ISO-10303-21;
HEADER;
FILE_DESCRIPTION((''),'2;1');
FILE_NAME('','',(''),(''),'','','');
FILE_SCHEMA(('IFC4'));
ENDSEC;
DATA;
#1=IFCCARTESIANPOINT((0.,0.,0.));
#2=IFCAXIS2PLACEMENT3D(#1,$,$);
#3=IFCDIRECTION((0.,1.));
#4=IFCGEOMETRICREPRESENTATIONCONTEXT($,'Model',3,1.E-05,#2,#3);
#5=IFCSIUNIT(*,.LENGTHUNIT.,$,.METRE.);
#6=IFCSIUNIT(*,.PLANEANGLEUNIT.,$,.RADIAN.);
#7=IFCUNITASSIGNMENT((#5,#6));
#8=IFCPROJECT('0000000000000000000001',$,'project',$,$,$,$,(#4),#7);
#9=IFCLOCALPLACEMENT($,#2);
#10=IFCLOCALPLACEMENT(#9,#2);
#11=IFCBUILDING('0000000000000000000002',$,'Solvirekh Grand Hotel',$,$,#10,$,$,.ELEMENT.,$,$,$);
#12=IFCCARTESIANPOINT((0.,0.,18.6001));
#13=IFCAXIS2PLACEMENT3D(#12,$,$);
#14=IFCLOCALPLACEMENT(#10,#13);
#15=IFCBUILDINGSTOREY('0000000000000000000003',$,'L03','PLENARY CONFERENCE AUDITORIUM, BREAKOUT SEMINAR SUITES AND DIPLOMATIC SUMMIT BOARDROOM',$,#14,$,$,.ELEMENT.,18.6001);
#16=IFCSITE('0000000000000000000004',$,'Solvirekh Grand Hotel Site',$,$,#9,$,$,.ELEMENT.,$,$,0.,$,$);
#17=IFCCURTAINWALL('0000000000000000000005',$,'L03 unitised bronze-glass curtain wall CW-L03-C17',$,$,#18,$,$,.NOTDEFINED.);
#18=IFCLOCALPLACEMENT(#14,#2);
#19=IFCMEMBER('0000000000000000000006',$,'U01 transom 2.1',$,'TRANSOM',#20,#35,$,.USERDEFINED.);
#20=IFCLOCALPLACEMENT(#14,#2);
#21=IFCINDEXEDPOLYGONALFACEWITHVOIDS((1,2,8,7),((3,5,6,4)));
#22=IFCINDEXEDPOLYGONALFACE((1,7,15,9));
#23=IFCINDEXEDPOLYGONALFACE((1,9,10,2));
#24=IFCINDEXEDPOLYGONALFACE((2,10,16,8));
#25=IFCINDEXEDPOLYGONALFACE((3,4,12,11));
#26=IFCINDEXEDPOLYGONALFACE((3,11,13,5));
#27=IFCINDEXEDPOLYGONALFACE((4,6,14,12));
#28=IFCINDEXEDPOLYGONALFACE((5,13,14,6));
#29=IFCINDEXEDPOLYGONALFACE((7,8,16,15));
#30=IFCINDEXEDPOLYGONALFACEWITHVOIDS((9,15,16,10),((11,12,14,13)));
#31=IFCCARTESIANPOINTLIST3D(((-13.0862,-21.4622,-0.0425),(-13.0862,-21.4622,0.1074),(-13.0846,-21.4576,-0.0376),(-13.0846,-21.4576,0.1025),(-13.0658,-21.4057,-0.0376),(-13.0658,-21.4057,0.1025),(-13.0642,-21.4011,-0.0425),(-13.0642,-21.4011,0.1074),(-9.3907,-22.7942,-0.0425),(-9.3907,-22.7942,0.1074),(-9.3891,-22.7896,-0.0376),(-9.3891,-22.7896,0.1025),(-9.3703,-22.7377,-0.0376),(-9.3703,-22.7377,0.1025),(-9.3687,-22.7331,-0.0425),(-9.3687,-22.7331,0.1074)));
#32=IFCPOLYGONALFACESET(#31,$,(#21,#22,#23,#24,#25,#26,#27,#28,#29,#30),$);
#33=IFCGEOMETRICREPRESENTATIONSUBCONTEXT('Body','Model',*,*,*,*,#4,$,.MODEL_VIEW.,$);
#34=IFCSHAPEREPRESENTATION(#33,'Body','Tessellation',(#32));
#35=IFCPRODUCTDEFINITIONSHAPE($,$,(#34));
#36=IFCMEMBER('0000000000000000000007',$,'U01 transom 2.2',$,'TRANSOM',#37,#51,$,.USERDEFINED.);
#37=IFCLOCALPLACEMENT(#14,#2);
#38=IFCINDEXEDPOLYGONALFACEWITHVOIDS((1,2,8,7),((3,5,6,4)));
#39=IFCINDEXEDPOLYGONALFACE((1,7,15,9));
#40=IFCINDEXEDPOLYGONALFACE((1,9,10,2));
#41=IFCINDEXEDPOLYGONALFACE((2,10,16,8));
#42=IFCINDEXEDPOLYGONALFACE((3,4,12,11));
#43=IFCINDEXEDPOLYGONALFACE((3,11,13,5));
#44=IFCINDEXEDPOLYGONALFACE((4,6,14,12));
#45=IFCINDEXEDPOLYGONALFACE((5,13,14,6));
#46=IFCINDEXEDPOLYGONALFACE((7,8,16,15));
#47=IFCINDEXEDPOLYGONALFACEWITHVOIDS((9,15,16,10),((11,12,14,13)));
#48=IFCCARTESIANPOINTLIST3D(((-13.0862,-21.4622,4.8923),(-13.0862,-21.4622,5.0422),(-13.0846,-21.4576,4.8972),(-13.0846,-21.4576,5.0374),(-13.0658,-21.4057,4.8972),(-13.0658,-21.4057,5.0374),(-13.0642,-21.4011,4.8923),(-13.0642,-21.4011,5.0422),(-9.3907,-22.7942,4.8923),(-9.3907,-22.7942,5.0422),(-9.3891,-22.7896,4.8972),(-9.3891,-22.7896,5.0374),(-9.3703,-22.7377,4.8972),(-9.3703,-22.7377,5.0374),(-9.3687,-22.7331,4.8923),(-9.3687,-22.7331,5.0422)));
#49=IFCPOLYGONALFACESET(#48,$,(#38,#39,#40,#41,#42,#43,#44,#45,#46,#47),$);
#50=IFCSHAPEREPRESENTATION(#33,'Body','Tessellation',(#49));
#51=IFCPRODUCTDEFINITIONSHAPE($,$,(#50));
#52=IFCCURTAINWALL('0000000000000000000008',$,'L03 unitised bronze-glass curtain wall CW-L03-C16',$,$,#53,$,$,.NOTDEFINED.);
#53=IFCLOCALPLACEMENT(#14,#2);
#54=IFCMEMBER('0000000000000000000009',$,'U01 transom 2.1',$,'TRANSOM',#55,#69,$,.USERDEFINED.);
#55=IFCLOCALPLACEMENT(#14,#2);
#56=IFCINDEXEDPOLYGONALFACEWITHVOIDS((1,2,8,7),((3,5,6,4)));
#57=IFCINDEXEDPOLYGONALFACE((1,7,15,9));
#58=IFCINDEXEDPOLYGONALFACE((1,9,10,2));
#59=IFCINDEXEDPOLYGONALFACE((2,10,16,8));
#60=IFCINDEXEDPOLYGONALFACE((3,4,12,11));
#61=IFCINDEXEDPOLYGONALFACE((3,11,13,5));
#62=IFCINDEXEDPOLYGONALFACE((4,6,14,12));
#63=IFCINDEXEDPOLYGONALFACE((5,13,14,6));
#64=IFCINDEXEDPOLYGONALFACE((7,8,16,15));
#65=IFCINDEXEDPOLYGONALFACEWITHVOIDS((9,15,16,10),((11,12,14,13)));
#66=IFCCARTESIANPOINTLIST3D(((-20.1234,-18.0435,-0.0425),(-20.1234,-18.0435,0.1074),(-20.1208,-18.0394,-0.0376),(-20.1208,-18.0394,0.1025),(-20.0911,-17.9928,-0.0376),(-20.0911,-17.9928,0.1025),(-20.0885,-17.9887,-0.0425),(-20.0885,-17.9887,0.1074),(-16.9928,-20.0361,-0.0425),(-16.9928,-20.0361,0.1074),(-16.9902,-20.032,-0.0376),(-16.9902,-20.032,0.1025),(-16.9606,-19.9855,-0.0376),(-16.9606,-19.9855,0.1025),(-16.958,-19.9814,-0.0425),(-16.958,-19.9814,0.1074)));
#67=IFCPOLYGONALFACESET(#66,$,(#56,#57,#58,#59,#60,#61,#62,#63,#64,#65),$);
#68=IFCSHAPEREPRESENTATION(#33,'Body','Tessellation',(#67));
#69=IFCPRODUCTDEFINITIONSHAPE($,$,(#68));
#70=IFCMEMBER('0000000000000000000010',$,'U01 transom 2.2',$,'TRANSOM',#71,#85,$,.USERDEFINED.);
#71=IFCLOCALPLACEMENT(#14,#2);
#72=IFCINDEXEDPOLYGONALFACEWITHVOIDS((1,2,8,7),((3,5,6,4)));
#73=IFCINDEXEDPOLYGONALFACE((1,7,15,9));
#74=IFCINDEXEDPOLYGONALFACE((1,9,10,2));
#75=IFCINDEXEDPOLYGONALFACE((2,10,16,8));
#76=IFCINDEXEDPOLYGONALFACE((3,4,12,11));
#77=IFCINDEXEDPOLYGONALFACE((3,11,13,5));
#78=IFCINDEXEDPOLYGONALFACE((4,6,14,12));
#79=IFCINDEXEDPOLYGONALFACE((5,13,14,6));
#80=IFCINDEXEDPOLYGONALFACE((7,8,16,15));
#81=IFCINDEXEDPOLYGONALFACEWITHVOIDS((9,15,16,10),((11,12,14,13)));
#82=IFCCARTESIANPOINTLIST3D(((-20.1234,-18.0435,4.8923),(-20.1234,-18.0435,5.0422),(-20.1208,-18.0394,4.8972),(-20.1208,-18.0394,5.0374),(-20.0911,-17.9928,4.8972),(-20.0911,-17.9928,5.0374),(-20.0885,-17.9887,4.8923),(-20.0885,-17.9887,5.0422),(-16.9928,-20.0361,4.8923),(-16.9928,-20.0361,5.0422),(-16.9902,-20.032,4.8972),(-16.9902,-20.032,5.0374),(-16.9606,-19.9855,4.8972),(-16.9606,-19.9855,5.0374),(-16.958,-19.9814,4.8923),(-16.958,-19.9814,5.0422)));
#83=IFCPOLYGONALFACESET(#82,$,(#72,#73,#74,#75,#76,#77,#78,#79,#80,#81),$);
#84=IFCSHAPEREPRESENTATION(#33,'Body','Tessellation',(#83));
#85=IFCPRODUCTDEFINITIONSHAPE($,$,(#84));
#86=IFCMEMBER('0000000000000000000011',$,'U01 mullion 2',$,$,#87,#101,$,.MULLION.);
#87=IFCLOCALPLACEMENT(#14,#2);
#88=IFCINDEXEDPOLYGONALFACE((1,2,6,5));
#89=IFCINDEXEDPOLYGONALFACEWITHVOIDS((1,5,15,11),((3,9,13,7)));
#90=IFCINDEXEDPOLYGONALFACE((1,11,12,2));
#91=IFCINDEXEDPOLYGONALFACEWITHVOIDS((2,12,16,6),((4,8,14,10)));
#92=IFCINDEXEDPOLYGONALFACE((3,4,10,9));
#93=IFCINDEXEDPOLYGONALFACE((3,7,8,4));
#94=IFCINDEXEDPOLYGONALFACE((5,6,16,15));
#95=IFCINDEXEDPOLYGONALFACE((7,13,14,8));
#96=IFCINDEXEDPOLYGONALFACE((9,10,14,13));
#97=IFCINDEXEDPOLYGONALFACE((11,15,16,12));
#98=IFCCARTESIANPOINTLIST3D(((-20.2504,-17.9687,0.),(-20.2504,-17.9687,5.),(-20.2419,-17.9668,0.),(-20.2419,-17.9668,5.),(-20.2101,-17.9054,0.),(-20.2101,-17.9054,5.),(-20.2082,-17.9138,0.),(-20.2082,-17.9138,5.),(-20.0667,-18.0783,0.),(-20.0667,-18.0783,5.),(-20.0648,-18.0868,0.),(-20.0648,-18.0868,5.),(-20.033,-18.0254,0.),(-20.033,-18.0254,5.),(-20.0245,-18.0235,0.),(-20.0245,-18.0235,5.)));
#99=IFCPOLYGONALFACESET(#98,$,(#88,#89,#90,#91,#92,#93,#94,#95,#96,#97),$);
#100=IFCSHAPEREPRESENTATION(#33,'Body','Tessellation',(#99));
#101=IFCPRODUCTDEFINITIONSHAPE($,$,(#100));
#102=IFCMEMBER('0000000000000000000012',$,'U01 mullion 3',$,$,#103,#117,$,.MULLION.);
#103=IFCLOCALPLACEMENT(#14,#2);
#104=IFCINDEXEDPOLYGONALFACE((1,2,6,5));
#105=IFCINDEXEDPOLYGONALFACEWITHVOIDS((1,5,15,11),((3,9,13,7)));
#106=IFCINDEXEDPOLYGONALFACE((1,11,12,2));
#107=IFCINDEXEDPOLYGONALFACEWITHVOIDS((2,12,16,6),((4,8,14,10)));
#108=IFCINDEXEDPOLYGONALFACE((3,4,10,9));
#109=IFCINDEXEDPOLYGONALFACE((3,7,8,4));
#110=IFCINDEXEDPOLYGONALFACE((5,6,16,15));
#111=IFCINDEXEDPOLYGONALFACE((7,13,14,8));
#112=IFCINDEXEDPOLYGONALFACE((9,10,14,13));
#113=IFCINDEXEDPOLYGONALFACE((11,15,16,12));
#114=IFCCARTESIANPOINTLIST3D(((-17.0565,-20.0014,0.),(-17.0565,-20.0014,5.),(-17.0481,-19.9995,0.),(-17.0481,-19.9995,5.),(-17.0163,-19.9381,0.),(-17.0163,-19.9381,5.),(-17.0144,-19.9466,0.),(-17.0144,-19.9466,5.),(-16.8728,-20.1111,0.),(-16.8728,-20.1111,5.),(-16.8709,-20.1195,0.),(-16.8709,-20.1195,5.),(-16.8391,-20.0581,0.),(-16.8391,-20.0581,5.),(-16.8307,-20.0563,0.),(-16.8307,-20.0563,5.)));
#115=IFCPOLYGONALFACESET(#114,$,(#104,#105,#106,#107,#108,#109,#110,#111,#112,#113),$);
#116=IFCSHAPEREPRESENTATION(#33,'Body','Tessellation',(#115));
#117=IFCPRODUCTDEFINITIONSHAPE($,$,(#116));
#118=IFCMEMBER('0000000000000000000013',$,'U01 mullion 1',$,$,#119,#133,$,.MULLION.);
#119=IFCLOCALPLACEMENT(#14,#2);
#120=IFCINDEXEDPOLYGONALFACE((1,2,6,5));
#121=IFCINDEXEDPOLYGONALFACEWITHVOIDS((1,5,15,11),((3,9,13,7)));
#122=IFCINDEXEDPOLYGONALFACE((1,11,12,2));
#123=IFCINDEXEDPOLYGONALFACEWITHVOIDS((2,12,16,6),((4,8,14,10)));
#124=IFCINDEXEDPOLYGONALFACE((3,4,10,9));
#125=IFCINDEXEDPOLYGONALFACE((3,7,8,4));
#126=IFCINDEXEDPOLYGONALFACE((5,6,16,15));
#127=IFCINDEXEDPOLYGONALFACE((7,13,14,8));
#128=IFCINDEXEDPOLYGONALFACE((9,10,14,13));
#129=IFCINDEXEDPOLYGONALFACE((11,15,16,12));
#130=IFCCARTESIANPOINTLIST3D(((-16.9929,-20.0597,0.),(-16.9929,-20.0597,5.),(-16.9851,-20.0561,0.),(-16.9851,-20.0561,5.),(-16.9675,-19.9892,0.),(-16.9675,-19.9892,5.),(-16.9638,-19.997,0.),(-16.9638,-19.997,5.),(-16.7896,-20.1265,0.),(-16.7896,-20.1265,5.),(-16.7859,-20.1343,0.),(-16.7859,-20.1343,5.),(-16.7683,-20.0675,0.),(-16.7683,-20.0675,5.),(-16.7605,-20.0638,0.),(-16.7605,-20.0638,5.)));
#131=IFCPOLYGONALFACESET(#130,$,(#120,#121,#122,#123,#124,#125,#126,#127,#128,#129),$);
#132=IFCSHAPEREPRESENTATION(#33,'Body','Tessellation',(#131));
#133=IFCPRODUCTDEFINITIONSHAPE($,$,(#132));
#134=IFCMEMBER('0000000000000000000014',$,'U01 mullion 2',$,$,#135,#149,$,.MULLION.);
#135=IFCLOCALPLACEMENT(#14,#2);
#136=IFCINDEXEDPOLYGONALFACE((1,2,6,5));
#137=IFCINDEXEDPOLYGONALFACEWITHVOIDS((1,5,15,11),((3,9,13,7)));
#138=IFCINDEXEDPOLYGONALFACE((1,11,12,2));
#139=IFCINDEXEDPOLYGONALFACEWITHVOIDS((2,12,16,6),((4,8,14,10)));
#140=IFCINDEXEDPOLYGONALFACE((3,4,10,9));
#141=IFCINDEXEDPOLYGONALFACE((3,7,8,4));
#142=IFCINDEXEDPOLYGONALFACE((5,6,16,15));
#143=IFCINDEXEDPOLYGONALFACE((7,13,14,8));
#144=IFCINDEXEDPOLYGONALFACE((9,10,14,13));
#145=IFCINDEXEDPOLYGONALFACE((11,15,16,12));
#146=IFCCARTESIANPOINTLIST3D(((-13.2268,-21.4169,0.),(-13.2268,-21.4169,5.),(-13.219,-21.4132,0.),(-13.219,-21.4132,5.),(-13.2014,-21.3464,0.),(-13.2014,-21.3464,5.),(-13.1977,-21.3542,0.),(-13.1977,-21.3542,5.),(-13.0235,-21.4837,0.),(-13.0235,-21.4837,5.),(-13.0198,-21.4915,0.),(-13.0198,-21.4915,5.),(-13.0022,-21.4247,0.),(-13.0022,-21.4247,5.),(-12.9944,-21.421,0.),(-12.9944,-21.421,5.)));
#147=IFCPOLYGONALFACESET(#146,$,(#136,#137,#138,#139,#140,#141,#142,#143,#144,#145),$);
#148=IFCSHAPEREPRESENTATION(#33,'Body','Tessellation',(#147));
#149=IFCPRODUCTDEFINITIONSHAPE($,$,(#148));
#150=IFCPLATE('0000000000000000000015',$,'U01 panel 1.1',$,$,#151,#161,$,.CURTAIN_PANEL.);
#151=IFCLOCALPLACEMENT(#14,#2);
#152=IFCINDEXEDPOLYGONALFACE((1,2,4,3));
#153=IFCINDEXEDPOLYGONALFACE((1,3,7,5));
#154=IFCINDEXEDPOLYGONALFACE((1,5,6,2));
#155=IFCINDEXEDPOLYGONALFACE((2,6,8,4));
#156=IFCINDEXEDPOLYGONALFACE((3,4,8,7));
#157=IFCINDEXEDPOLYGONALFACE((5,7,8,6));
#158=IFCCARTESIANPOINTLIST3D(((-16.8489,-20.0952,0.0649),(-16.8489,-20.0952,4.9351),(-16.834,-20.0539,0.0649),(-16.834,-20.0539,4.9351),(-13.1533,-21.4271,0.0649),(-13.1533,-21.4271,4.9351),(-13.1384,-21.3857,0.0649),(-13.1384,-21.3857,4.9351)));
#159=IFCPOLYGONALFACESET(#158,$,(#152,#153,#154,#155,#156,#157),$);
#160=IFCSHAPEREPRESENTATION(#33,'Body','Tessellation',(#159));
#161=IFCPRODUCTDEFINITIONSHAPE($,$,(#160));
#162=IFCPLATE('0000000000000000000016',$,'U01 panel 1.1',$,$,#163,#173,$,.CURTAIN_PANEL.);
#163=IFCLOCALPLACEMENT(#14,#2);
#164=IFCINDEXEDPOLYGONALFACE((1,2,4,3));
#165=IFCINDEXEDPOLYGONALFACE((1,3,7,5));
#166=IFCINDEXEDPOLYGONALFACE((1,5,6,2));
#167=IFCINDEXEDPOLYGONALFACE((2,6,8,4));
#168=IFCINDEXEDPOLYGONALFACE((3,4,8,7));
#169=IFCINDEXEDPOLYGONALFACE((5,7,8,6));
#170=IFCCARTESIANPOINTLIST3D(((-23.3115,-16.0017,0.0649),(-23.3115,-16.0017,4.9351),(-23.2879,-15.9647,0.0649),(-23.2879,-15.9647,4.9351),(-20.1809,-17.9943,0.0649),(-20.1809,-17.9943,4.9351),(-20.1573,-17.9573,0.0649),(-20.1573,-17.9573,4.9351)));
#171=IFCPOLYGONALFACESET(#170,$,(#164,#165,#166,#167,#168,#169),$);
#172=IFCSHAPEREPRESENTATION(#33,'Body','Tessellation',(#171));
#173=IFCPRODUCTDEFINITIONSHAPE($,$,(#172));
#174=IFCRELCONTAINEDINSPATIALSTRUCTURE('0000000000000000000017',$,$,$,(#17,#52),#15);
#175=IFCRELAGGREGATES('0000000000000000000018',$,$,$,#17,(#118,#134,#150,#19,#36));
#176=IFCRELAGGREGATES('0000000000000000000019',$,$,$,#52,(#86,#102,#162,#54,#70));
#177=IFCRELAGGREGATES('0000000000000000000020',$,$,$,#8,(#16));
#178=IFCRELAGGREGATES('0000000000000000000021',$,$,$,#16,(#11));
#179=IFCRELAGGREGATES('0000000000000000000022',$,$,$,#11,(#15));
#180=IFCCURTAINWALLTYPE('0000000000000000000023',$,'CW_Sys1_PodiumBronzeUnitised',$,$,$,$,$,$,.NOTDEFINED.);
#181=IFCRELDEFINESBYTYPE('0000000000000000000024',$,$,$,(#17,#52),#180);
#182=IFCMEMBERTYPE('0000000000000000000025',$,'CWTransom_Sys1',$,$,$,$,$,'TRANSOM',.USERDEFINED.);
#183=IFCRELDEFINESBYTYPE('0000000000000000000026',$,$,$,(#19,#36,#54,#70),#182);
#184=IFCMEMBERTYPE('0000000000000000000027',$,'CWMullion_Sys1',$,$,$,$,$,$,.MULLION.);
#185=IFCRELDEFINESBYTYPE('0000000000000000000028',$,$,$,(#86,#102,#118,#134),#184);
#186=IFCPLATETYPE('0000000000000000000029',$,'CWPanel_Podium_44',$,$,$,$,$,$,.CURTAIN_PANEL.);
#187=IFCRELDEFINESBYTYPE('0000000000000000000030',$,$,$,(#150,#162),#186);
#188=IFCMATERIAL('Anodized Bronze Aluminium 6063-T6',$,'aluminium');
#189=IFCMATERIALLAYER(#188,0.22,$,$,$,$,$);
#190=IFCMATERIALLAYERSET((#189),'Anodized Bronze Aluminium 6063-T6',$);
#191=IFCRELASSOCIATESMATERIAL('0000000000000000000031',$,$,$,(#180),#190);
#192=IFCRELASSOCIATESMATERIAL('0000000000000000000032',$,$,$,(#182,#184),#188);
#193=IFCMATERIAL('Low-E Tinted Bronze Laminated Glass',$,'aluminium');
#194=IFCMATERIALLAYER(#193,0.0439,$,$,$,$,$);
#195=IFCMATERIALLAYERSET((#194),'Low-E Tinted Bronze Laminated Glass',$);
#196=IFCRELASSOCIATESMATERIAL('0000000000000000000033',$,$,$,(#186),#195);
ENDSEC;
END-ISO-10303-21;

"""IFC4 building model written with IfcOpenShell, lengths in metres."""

from ifc_helpers import new_model, si_unit, direction, frame, origin, origin_2d, place, context, subcontext, project, spatial, rectangle, hollow_rectangle, extrude, source, transform, mapped, material, layer, layer_set, material_profile, profile_set, type_object, element, aggregate, save


model = new_model("IFC4")

# Units and contexts
model_context = context("Model", 3, precision=1e-05, world=origin(), true_north=direction((0.0, 1.0)))
body_context = subcontext(model_context, "Body", "Model", "MODEL_VIEW")
ifc_project = project(units=[si_unit("LENGTHUNIT", "METRE"), si_unit("PLANEANGLEUNIT", "RADIAN")], contexts=[model_context])

# Site, building, storey
site_placement = place(None, origin())
site = spatial("IfcSite", under=ifc_project, at=site_placement, Name="Solvirekh Grand Hotel Site", CompositionType="ELEMENT", RefElevation=0.0)
building_placement = place(site_placement, origin())
building = spatial("IfcBuilding", under=site, at=building_placement, Name="Solvirekh Grand Hotel", CompositionType="ELEMENT")
storey_placement = place(building_placement, frame((0.0, 0.0, 18.6001)))
storey = spatial("IfcBuildingStorey", under=building, at=storey_placement, Name="L03", Description="PLENARY CONFERENCE AUDITORIUM, BREAKOUT SEMINAR SUITES AND DIPLOMATIC SUMMIT BOARDROOM", CompositionType="ELEMENT", Elevation=18.6001)

# Curtain walls, members
ifc_material_1 = material(Name="Anodized Bronze Aluminium 6063-T6", Category="aluminium")
ifc_layer_1 = layer(ifc_material_1, 0.22)
ifc_layer_set_1 = layer_set([ifc_layer_1], Name="Anodized Bronze Aluminium 6063-T6")
curtain_wall_type = type_object("IfcCurtainWallType", Name="CW_Sys1_PodiumBronzeUnitised", PredefinedType="NOTDEFINED", material=ifc_layer_set_1)
curtain_wall_1_placement = place(storey_placement, origin())
curtain_wall_1 = element("IfcCurtainWall", 1, at=curtain_wall_1_placement, inside=storey, type_object=curtain_wall_type, Name="L03 unitised bronze-glass curtain wall CW-L03-C17", PredefinedType="NOTDEFINED")
ifc_material_profile_1 = material_profile(ifc_material_1, hollow_rectangle(XDim=0.0649, YDim=0.1499, WallThickness=0.0049, at=origin_2d()), Name="ALU RHS 150X65X5")
ifc_profile_set_1 = profile_set([ifc_material_profile_1], Name="Anodized Bronze Aluminium 6063-T6")
member_type_1 = type_object("IfcMemberType", Name="CWTransom_Sys1", ElementType="TRANSOM", PredefinedType="USERDEFINED", material=ifc_profile_set_1)
shared_shape_1 = source(origin(), body_context, "Body", "SweptSolid", [
    extrude(hollow_rectangle(XDim=0.0649, YDim=0.1499, WallThickness=0.0049, at=origin_2d()), origin(), (0.0, 0.0, 1.0), 3.9282),
])
member_1_placement = place(storey_placement, frame((-13.0752, -21.4316, 0.0325), z_axis=(0.940755, -0.339087, 0.0), x_axis=(0.339087, 0.940755, 0.0)))
member_1 = element("IfcMember", 2, at=member_1_placement, type_object=member_type_1, Name="U01 transom 2.1", ObjectType="TRANSOM", PredefinedType="USERDEFINED", context=body_context, shape_type="MappedRepresentation", body=[
    mapped(shared_shape_1, transform((0.0, 0.0, 0.0), x_axis=(1.0, 0.0, 0.0), y_axis=(0.0, 1.0, 0.0), z_axis=(0.0, 0.0, 1.0), scale=1.0)),
])
member_2_placement = place(storey_placement, frame((-13.0752, -21.4316, 4.9673), z_axis=(0.940755, -0.339087, 0.0), x_axis=(0.339087, 0.940755, 0.0)))
member_2 = element("IfcMember", 3, at=member_2_placement, type_object=member_type_1, Name="U01 transom 2.2", ObjectType="TRANSOM", PredefinedType="USERDEFINED", context=body_context, shape_type="MappedRepresentation", body=[
    mapped(shared_shape_1, transform((0.0, 0.0, 0.0), x_axis=(1.0, 0.0, 0.0), y_axis=(0.0, 1.0, 0.0), z_axis=(0.0, 0.0, 1.0), scale=1.0)),
])
curtain_wall_2_placement = place(storey_placement, origin())
curtain_wall_2 = element("IfcCurtainWall", 4, at=curtain_wall_2_placement, inside=storey, type_object=curtain_wall_type, Name="L03 unitised bronze-glass curtain wall CW-L03-C16", PredefinedType="NOTDEFINED")
shared_shape_2 = source(origin(), body_context, "Body", "SweptSolid", [
    extrude(hollow_rectangle(XDim=0.0649, YDim=0.1499, WallThickness=0.0049, at=origin_2d()), origin(), (0.0, 0.0, 1.0), 3.7109),
])
member_3_placement = place(storey_placement, frame((-20.106, -18.0161, 0.0325), z_axis=(0.843605, -0.536965, 0.0), x_axis=(0.536965, 0.843605, 0.0)))
member_3 = element("IfcMember", 5, at=member_3_placement, type_object=member_type_1, Name="U01 transom 2.1", ObjectType="TRANSOM", PredefinedType="USERDEFINED", context=body_context, shape_type="MappedRepresentation", body=[
    mapped(shared_shape_2, transform((0.0, 0.0, 0.0), x_axis=(1.0, 0.0, 0.0), y_axis=(0.0, 1.0, 0.0), z_axis=(0.0, 0.0, 1.0), scale=1.0)),
])
member_4_placement = place(storey_placement, frame((-20.106, -18.0161, 4.9673), z_axis=(0.843605, -0.536965, 0.0), x_axis=(0.536965, 0.843605, 0.0)))
member_4 = element("IfcMember", 6, at=member_4_placement, type_object=member_type_1, Name="U01 transom 2.2", ObjectType="TRANSOM", PredefinedType="USERDEFINED", context=body_context, shape_type="MappedRepresentation", body=[
    mapped(shared_shape_2, transform((0.0, 0.0, 0.0), x_axis=(1.0, 0.0, 0.0), y_axis=(0.0, 1.0, 0.0), z_axis=(0.0, 0.0, 1.0), scale=1.0)),
])
ifc_material_profile_2 = material_profile(ifc_material_1, hollow_rectangle(XDim=0.075, YDim=0.22, WallThickness=0.0061, at=origin_2d()), Name="ALU RHS 220X75X6")
ifc_profile_set_2 = profile_set([ifc_material_profile_2], Name="Anodized Bronze Aluminium 6063-T6")
member_type_2 = type_object("IfcMemberType", Name="CWMullion_Sys1", PredefinedType="MULLION", material=ifc_profile_set_2)
shared_shape_3 = source(origin(), body_context, "Body", "SweptSolid", [
    extrude(hollow_rectangle(XDim=0.075, YDim=0.22, WallThickness=0.0061, at=origin_2d()), origin(), (0.0, 0.0, 1.0), 5.0),
])
member_5_placement = place(storey_placement, frame((-20.1375, -17.9961, 0.0), z_axis=(0.0, 0.0, 1.0), x_axis=(0.536952, 0.843613, 0.0)))
member_5 = element("IfcMember", 7, at=member_5_placement, type_object=member_type_2, Name="U01 mullion 2", PredefinedType="MULLION", context=body_context, shape_type="MappedRepresentation", body=[
    mapped(shared_shape_3, transform((0.0, 0.0, 0.0), x_axis=(1.0, 0.0, 0.0), y_axis=(0.0, 1.0, 0.0), z_axis=(0.0, 0.0, 1.0), scale=1.0)),
])
member_6_placement = place(storey_placement, frame((-16.9436, -20.0288, 0.0), z_axis=(0.0, 0.0, 1.0), x_axis=(0.536952, 0.843613, 0.0)))
member_6 = element("IfcMember", 8, at=member_6_placement, type_object=member_type_2, Name="U01 mullion 3", PredefinedType="MULLION", context=body_context, shape_type="MappedRepresentation", body=[
    mapped(shared_shape_3, transform((0.0, 0.0, 0.0), x_axis=(1.0, 0.0, 0.0), y_axis=(0.0, 1.0, 0.0), z_axis=(0.0, 0.0, 1.0), scale=1.0)),
])

# Members
member_7_placement = place(storey_placement, frame((-16.8767, -20.0618, 0.0), z_axis=(0.0, 0.0, 1.0), x_axis=(0.339039, 0.940772, 0.0)))
member_7 = element("IfcMember", 9, at=member_7_placement, type_object=member_type_2, Name="U01 mullion 1", PredefinedType="MULLION", context=body_context, shape_type="MappedRepresentation", body=[
    mapped(shared_shape_3, transform((0.0, 0.0, 0.0), x_axis=(1.0, 0.0, 0.0), y_axis=(0.0, 1.0, 0.0), z_axis=(0.0, 0.0, 1.0), scale=1.0)),
])
member_8_placement = place(storey_placement, frame((-13.1106, -21.4189, 0.0), z_axis=(0.0, 0.0, 1.0), x_axis=(0.339039, 0.940772, 0.0)))
member_8 = element("IfcMember", 10, at=member_8_placement, type_object=member_type_2, Name="U01 mullion 2", PredefinedType="MULLION", context=body_context, shape_type="MappedRepresentation", body=[
    mapped(shared_shape_3, transform((0.0, 0.0, 0.0), x_axis=(1.0, 0.0, 0.0), y_axis=(0.0, 1.0, 0.0), z_axis=(0.0, 0.0, 1.0), scale=1.0)),
])

# Plates
ifc_material_2 = material(Name="Low-E Tinted Bronze Laminated Glass", Category="aluminium")
ifc_layer_2 = layer(ifc_material_2, 0.0439)
ifc_layer_set_2 = layer_set([ifc_layer_2], Name="Low-E Tinted Bronze Laminated Glass")
plate_type = type_object("IfcPlateType", Name="CWPanel_Podium_44", PredefinedType="CURTAIN_PANEL", material=ifc_layer_set_2)
shared_shape_4 = source(origin(), body_context, "Body", "SweptSolid", [
    extrude(rectangle(XDim=3.9282, YDim=0.0439, at=origin_2d()), origin(), (0.0, 0.0, 1.0), 4.8701),
])
plate_1_placement = place(storey_placement, frame((-14.9937, -20.7405, 0.0649), z_axis=(0.0, 0.0, 1.0), x_axis=(0.940772, -0.339039, 0.0)))
plate_1 = element("IfcPlate", 11, at=plate_1_placement, type_object=plate_type, Name="U01 panel 1.1", PredefinedType="CURTAIN_PANEL", context=body_context, shape_type="MappedRepresentation", body=[
    mapped(shared_shape_4, transform((0.0, 0.0, 0.0), x_axis=(1.0, 0.0, 0.0), y_axis=(0.0, 1.0, 0.0), z_axis=(0.0, 0.0, 1.0), scale=1.0)),
])
aggregate(curtain_wall_1, [member_7, member_8, plate_1, member_1, member_2])
shared_shape_5 = source(origin(), body_context, "Body", "SweptSolid", [
    extrude(rectangle(XDim=3.7109, YDim=0.0439, at=origin_2d()), origin(), (0.0, 0.0, 1.0), 4.8701),
])
plate_2_placement = place(storey_placement, frame((-21.7344, -16.9795, 0.0649), z_axis=(0.0, 0.0, 1.0), x_axis=(0.843613, -0.536952, 0.0)))
plate_2 = element("IfcPlate", 12, at=plate_2_placement, type_object=plate_type, Name="U01 panel 1.1", PredefinedType="CURTAIN_PANEL", context=body_context, shape_type="MappedRepresentation", body=[
    mapped(shared_shape_5, transform((0.0, 0.0, 0.0), x_axis=(1.0, 0.0, 0.0), y_axis=(0.0, 1.0, 0.0), z_axis=(0.0, 0.0, 1.0), scale=1.0)),
])
aggregate(curtain_wall_2, [member_5, member_6, plate_2, member_3, member_4])

save(model, "model.ifc")
